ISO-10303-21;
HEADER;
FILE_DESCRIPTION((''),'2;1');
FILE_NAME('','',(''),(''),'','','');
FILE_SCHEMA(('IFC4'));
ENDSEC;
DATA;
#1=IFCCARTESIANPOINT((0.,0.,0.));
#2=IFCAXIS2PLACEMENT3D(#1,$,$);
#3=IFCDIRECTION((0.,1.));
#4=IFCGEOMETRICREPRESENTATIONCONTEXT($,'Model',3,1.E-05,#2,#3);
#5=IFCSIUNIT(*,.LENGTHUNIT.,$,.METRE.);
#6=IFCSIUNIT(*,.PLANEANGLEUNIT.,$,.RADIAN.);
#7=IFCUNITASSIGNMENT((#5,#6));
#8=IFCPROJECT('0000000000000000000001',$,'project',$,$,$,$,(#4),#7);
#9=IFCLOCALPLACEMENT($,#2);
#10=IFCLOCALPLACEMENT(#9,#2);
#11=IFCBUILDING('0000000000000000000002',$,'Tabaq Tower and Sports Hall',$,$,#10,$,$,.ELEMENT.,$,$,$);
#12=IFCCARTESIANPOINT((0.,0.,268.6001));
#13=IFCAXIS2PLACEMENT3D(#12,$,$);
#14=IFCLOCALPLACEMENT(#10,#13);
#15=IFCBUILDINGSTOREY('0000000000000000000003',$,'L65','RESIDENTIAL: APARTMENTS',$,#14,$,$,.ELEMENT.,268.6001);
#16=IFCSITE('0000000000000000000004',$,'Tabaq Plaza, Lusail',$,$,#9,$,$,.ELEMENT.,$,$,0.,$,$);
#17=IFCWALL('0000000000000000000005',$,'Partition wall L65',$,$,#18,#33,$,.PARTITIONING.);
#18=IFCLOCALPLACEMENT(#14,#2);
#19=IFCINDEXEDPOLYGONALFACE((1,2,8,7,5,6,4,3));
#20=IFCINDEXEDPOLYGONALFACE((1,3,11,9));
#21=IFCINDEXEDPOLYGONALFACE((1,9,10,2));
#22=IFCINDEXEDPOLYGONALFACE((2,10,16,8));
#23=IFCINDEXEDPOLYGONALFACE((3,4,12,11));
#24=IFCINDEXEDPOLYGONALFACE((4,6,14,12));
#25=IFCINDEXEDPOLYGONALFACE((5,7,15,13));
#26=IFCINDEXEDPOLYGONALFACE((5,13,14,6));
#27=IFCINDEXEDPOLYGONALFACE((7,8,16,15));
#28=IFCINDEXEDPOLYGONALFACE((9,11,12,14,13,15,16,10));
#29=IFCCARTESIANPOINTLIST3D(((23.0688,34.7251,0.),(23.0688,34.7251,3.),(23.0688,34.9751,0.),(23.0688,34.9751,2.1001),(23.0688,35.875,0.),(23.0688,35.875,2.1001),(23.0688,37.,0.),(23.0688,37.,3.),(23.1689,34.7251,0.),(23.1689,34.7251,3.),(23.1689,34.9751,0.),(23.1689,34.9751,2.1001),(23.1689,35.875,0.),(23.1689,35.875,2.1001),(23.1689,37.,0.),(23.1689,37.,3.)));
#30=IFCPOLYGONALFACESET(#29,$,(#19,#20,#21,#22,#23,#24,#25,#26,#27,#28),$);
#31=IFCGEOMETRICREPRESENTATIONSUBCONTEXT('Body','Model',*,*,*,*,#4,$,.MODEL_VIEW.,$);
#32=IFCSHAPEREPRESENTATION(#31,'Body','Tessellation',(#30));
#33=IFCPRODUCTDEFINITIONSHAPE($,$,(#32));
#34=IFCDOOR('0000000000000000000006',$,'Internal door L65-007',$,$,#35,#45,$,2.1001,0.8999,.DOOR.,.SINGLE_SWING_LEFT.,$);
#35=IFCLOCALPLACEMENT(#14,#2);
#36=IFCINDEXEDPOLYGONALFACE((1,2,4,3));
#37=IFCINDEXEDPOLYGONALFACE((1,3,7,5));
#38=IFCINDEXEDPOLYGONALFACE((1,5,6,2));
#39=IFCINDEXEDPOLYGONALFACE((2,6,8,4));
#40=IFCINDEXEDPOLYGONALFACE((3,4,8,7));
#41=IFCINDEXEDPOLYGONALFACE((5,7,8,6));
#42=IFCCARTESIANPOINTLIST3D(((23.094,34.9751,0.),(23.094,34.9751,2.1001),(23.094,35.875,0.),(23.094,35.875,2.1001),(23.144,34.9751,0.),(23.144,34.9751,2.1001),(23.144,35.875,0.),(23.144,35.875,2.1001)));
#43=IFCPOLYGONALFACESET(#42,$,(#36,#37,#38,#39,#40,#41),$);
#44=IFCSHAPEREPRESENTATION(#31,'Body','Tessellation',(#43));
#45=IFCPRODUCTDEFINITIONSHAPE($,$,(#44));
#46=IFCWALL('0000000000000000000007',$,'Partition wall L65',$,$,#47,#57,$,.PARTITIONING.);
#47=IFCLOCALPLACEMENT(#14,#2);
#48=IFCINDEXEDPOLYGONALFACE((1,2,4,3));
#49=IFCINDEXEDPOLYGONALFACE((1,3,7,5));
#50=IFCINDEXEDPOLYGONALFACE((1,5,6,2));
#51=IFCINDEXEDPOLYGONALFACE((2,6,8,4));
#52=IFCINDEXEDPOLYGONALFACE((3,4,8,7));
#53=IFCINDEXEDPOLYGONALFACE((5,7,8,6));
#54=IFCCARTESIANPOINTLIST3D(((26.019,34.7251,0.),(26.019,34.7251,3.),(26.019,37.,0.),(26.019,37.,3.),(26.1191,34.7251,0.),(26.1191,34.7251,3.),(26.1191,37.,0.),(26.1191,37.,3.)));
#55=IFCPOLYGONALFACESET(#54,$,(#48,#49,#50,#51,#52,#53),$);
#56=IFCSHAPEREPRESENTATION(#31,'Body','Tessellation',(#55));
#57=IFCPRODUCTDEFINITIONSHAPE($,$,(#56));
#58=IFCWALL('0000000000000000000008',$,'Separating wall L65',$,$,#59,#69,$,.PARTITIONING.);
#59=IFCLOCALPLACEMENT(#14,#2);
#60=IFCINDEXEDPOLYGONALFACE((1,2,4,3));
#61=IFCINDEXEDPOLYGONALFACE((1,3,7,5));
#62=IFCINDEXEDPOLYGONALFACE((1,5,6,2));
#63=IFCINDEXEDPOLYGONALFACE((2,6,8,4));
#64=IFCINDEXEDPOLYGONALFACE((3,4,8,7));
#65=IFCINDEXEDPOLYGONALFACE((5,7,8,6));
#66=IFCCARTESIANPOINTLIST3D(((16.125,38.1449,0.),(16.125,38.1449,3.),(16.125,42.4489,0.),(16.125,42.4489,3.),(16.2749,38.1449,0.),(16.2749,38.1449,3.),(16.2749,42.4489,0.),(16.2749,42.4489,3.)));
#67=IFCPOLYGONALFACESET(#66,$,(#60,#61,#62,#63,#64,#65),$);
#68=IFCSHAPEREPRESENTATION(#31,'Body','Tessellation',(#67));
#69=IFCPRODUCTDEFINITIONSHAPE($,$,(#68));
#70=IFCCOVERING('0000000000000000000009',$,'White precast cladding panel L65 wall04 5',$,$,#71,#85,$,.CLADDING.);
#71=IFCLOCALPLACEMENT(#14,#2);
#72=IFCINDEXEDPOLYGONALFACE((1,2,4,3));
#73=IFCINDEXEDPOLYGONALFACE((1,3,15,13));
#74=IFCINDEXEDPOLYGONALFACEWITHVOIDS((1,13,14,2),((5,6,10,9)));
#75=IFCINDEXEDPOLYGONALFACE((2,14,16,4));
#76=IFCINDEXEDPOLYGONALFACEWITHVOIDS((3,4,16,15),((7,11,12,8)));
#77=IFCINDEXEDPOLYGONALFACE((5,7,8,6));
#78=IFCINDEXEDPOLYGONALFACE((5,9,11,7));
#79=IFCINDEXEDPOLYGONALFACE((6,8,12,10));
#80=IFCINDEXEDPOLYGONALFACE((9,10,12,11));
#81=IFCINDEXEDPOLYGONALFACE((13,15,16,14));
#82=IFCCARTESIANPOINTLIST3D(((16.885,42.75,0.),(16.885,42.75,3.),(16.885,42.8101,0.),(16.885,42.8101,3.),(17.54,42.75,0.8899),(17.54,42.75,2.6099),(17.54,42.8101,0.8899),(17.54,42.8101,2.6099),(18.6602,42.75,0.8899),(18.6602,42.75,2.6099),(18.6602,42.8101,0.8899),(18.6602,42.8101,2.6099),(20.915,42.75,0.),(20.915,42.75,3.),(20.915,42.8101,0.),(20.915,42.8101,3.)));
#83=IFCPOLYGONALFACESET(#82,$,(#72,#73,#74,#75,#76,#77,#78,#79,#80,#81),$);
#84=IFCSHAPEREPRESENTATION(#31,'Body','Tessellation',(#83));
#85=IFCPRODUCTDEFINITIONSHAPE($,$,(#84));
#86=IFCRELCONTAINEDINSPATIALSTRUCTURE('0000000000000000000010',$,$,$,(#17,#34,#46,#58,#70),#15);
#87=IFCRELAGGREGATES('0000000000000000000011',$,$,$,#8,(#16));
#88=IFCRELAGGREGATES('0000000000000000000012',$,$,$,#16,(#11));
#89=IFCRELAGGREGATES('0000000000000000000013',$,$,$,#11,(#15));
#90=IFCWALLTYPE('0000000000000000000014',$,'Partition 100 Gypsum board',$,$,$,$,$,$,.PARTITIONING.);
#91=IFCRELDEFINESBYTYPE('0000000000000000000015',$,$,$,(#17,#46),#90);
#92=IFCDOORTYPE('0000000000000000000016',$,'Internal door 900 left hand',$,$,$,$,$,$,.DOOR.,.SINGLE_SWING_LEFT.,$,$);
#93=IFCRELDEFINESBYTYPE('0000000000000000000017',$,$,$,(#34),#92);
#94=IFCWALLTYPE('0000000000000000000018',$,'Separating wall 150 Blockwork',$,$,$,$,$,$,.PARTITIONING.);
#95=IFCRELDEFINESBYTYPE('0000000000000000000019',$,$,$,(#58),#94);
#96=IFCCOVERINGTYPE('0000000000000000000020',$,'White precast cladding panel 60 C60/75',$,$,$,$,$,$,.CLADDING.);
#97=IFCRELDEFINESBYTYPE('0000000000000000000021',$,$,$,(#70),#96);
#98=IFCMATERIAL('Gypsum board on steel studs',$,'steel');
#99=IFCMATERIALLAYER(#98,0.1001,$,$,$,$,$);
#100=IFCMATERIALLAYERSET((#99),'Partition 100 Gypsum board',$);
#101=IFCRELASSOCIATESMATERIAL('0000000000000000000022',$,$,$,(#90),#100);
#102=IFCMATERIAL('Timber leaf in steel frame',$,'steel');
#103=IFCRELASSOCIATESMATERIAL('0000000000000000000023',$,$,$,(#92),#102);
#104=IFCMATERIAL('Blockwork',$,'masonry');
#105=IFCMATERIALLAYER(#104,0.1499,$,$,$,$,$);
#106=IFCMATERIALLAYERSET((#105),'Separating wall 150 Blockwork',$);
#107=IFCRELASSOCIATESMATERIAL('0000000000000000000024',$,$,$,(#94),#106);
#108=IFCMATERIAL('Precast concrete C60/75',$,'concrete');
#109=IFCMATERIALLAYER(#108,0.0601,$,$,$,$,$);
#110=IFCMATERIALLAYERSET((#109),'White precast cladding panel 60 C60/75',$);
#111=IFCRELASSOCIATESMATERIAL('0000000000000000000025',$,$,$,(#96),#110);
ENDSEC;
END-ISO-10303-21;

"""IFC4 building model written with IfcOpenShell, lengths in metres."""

from ifc_helpers import new_model, si_unit, direction, frame, frame_2d, origin, place, context, subcontext, project, spatial, polyline, rectangle, outline, extrude, material, layer, layer_set, type_object, element, fill, save


model = new_model("IFC4")

# Units and contexts
model_context = context("Model", 3, precision=1e-05, world=origin(), true_north=direction((0.0, 1.0)))
body_context = subcontext(model_context, "Body", "Model", "MODEL_VIEW")
ifc_project = project(units=[si_unit("LENGTHUNIT", "METRE"), si_unit("PLANEANGLEUNIT", "RADIAN")], contexts=[model_context])

# Site, building, storey
site_placement = place(None, origin())
site = spatial("IfcSite", under=ifc_project, at=site_placement, Name="Tabaq Plaza, Lusail", CompositionType="ELEMENT", RefElevation=0.0)
building_placement = place(site_placement, origin())
building = spatial("IfcBuilding", under=site, at=building_placement, Name="Tabaq Tower and Sports Hall", CompositionType="ELEMENT")
storey_placement = place(building_placement, frame((0.0, 0.0, 268.6001)))
storey = spatial("IfcBuildingStorey", under=building, at=storey_placement, Name="L65", Description="RESIDENTIAL: APARTMENTS", CompositionType="ELEMENT", Elevation=268.6001)

# Shared definitions
ifc_material_1 = material(Name="Gypsum board on steel studs", Category="steel")
ifc_layer_1 = layer(ifc_material_1, 0.1001)
ifc_layer_set_1 = layer_set([ifc_layer_1], Name="Partition 100 Gypsum board")
wall_type_1 = type_object("IfcWallType", Name="Partition 100 Gypsum board", PredefinedType="PARTITIONING", material=ifc_layer_set_1)

# Shared definitions
ifc_material_2 = material(Name="Timber leaf in steel frame", Category="steel")
door_type_1 = type_object("IfcDoorType", Name="Internal door 900 left hand", OperationType="SINGLE_SWING_LEFT", PredefinedType="DOOR", material=ifc_material_2)

# Wall, opening, door
wall_1_placement = place(storey_placement, frame((23.1189, 34.7251, 0.0), z_axis=(0.0, 0.0, 1.0), x_axis=(0.0, 1.0, 0.0)))
wall_1 = element("IfcWall", 1, at=wall_1_placement, inside=storey, type_object=wall_type_1, Name="Partition wall L65", PredefinedType="PARTITIONING", context=body_context, shape_type="SweptSolid", body=[
    extrude(rectangle(XDim=2.2749, YDim=0.1001, at=frame_2d((1.1375, 0.0))), origin(), (0.0, 0.0, 1.0), 3.0),
])
opening_1_placement = place(wall_1_placement, frame((0.25, 0.0, 0.0)))
opening_1 = element("IfcOpeningElement", 2, at=opening_1_placement, cuts=wall_1, PredefinedType="OPENING", context=body_context, shape_type="SweptSolid", body=[
    extrude(rectangle(XDim=0.8999, YDim=2.1001, at=frame_2d((0.45, 1.05))), frame((0.0, 0.05, 0.0), z_axis=(0.0, -1.0, 0.0), x_axis=(1.0, 0.0, 0.0)), (0.0, 0.0, 1.0), 0.1001),
])
door_1_placement = place(opening_1_placement, origin())
door_1 = element("IfcDoor", 3, at=door_1_placement, inside=storey, type_object=door_type_1, Name="Internal door L65-007", OperationType="SINGLE_SWING_LEFT", OverallHeight=2.1001, OverallWidth=0.8999, PredefinedType="DOOR", context=body_context, shape_type="SweptSolid", body=[
    extrude(rectangle(XDim=0.8999, YDim=2.1001, at=frame_2d((0.45, 1.05))), frame((0.0, 0.0249, 0.0), z_axis=(0.0, -1.0, 0.0), x_axis=(1.0, 0.0, 0.0)), (0.0, 0.0, 1.0), 0.05),
])
fill(opening_1, door_1)

# Walls
wall_2_placement = place(storey_placement, frame((26.0691, 34.7251, 0.0), z_axis=(0.0, 0.0, 1.0), x_axis=(0.0, 1.0, 0.0)))
element("IfcWall", 4, at=wall_2_placement, inside=storey, type_object=wall_type_1, Name="Partition wall L65", PredefinedType="PARTITIONING", context=body_context, shape_type="SweptSolid", body=[
    extrude(rectangle(XDim=2.2749, YDim=0.1001, at=frame_2d((1.1375, 0.0))), origin(), (0.0, 0.0, 1.0), 3.0),
])
ifc_material_3 = material(Name="Blockwork", Category="masonry")
ifc_layer_2 = layer(ifc_material_3, 0.1499)
ifc_layer_set_2 = layer_set([ifc_layer_2], Name="Separating wall 150 Blockwork")
wall_type_2 = type_object("IfcWallType", Name="Separating wall 150 Blockwork", PredefinedType="PARTITIONING", material=ifc_layer_set_2)
wall_3_placement = place(storey_placement, frame((16.2, 38.145, 0.0), z_axis=(0.0, 0.0, 1.0), x_axis=(0.0, 1.0, 0.0)))
element("IfcWall", 5, at=wall_3_placement, inside=storey, type_object=wall_type_2, Name="Separating wall L65", PredefinedType="PARTITIONING", context=body_context, shape_type="SweptSolid", body=[
    extrude(rectangle(XDim=4.304, YDim=0.1499, at=frame_2d((2.1519, 0.0))), origin(), (0.0, 0.0, 1.0), 3.0),
])

# Covering
ifc_material_4 = material(Name="Precast concrete C60/75", Category="concrete")
ifc_layer_3 = layer(ifc_material_4, 0.0601)
ifc_layer_set_3 = layer_set([ifc_layer_3], Name="White precast cladding panel 60 C60/75")
covering_type = type_object("IfcCoveringType", Name="White precast cladding panel 60 C60/75", PredefinedType="CLADDING", material=ifc_layer_set_3)
covering_placement = place(storey_placement, frame((20.915, 42.78, 0.0), z_axis=(0.0, 0.0, 1.0), x_axis=(-1.0, 0.0, 0.0)))
element("IfcCovering", 6, at=covering_placement, inside=storey, type_object=covering_type, Name="White precast cladding panel L65 wall04 5", PredefinedType="CLADDING", context=body_context, shape_type="SweptSolid", body=[
    extrude(outline(polyline([(0.0, 0.0), (4.03, 0.0), (4.03, 3.0), (0.0, 3.0), (0.0, 0.0)]), holes=[polyline([(2.2549, 0.8899), (2.2549, 2.6099), (3.375, 2.6099), (3.375, 0.8899), (2.2549, 0.8899)])]), frame((0.0, 0.03, 0.0), z_axis=(0.0, -1.0, 0.0), x_axis=(1.0, 0.0, 0.0)), (0.0, 0.0, 1.0), 0.0601),
])

save(model, "model.ifc")
